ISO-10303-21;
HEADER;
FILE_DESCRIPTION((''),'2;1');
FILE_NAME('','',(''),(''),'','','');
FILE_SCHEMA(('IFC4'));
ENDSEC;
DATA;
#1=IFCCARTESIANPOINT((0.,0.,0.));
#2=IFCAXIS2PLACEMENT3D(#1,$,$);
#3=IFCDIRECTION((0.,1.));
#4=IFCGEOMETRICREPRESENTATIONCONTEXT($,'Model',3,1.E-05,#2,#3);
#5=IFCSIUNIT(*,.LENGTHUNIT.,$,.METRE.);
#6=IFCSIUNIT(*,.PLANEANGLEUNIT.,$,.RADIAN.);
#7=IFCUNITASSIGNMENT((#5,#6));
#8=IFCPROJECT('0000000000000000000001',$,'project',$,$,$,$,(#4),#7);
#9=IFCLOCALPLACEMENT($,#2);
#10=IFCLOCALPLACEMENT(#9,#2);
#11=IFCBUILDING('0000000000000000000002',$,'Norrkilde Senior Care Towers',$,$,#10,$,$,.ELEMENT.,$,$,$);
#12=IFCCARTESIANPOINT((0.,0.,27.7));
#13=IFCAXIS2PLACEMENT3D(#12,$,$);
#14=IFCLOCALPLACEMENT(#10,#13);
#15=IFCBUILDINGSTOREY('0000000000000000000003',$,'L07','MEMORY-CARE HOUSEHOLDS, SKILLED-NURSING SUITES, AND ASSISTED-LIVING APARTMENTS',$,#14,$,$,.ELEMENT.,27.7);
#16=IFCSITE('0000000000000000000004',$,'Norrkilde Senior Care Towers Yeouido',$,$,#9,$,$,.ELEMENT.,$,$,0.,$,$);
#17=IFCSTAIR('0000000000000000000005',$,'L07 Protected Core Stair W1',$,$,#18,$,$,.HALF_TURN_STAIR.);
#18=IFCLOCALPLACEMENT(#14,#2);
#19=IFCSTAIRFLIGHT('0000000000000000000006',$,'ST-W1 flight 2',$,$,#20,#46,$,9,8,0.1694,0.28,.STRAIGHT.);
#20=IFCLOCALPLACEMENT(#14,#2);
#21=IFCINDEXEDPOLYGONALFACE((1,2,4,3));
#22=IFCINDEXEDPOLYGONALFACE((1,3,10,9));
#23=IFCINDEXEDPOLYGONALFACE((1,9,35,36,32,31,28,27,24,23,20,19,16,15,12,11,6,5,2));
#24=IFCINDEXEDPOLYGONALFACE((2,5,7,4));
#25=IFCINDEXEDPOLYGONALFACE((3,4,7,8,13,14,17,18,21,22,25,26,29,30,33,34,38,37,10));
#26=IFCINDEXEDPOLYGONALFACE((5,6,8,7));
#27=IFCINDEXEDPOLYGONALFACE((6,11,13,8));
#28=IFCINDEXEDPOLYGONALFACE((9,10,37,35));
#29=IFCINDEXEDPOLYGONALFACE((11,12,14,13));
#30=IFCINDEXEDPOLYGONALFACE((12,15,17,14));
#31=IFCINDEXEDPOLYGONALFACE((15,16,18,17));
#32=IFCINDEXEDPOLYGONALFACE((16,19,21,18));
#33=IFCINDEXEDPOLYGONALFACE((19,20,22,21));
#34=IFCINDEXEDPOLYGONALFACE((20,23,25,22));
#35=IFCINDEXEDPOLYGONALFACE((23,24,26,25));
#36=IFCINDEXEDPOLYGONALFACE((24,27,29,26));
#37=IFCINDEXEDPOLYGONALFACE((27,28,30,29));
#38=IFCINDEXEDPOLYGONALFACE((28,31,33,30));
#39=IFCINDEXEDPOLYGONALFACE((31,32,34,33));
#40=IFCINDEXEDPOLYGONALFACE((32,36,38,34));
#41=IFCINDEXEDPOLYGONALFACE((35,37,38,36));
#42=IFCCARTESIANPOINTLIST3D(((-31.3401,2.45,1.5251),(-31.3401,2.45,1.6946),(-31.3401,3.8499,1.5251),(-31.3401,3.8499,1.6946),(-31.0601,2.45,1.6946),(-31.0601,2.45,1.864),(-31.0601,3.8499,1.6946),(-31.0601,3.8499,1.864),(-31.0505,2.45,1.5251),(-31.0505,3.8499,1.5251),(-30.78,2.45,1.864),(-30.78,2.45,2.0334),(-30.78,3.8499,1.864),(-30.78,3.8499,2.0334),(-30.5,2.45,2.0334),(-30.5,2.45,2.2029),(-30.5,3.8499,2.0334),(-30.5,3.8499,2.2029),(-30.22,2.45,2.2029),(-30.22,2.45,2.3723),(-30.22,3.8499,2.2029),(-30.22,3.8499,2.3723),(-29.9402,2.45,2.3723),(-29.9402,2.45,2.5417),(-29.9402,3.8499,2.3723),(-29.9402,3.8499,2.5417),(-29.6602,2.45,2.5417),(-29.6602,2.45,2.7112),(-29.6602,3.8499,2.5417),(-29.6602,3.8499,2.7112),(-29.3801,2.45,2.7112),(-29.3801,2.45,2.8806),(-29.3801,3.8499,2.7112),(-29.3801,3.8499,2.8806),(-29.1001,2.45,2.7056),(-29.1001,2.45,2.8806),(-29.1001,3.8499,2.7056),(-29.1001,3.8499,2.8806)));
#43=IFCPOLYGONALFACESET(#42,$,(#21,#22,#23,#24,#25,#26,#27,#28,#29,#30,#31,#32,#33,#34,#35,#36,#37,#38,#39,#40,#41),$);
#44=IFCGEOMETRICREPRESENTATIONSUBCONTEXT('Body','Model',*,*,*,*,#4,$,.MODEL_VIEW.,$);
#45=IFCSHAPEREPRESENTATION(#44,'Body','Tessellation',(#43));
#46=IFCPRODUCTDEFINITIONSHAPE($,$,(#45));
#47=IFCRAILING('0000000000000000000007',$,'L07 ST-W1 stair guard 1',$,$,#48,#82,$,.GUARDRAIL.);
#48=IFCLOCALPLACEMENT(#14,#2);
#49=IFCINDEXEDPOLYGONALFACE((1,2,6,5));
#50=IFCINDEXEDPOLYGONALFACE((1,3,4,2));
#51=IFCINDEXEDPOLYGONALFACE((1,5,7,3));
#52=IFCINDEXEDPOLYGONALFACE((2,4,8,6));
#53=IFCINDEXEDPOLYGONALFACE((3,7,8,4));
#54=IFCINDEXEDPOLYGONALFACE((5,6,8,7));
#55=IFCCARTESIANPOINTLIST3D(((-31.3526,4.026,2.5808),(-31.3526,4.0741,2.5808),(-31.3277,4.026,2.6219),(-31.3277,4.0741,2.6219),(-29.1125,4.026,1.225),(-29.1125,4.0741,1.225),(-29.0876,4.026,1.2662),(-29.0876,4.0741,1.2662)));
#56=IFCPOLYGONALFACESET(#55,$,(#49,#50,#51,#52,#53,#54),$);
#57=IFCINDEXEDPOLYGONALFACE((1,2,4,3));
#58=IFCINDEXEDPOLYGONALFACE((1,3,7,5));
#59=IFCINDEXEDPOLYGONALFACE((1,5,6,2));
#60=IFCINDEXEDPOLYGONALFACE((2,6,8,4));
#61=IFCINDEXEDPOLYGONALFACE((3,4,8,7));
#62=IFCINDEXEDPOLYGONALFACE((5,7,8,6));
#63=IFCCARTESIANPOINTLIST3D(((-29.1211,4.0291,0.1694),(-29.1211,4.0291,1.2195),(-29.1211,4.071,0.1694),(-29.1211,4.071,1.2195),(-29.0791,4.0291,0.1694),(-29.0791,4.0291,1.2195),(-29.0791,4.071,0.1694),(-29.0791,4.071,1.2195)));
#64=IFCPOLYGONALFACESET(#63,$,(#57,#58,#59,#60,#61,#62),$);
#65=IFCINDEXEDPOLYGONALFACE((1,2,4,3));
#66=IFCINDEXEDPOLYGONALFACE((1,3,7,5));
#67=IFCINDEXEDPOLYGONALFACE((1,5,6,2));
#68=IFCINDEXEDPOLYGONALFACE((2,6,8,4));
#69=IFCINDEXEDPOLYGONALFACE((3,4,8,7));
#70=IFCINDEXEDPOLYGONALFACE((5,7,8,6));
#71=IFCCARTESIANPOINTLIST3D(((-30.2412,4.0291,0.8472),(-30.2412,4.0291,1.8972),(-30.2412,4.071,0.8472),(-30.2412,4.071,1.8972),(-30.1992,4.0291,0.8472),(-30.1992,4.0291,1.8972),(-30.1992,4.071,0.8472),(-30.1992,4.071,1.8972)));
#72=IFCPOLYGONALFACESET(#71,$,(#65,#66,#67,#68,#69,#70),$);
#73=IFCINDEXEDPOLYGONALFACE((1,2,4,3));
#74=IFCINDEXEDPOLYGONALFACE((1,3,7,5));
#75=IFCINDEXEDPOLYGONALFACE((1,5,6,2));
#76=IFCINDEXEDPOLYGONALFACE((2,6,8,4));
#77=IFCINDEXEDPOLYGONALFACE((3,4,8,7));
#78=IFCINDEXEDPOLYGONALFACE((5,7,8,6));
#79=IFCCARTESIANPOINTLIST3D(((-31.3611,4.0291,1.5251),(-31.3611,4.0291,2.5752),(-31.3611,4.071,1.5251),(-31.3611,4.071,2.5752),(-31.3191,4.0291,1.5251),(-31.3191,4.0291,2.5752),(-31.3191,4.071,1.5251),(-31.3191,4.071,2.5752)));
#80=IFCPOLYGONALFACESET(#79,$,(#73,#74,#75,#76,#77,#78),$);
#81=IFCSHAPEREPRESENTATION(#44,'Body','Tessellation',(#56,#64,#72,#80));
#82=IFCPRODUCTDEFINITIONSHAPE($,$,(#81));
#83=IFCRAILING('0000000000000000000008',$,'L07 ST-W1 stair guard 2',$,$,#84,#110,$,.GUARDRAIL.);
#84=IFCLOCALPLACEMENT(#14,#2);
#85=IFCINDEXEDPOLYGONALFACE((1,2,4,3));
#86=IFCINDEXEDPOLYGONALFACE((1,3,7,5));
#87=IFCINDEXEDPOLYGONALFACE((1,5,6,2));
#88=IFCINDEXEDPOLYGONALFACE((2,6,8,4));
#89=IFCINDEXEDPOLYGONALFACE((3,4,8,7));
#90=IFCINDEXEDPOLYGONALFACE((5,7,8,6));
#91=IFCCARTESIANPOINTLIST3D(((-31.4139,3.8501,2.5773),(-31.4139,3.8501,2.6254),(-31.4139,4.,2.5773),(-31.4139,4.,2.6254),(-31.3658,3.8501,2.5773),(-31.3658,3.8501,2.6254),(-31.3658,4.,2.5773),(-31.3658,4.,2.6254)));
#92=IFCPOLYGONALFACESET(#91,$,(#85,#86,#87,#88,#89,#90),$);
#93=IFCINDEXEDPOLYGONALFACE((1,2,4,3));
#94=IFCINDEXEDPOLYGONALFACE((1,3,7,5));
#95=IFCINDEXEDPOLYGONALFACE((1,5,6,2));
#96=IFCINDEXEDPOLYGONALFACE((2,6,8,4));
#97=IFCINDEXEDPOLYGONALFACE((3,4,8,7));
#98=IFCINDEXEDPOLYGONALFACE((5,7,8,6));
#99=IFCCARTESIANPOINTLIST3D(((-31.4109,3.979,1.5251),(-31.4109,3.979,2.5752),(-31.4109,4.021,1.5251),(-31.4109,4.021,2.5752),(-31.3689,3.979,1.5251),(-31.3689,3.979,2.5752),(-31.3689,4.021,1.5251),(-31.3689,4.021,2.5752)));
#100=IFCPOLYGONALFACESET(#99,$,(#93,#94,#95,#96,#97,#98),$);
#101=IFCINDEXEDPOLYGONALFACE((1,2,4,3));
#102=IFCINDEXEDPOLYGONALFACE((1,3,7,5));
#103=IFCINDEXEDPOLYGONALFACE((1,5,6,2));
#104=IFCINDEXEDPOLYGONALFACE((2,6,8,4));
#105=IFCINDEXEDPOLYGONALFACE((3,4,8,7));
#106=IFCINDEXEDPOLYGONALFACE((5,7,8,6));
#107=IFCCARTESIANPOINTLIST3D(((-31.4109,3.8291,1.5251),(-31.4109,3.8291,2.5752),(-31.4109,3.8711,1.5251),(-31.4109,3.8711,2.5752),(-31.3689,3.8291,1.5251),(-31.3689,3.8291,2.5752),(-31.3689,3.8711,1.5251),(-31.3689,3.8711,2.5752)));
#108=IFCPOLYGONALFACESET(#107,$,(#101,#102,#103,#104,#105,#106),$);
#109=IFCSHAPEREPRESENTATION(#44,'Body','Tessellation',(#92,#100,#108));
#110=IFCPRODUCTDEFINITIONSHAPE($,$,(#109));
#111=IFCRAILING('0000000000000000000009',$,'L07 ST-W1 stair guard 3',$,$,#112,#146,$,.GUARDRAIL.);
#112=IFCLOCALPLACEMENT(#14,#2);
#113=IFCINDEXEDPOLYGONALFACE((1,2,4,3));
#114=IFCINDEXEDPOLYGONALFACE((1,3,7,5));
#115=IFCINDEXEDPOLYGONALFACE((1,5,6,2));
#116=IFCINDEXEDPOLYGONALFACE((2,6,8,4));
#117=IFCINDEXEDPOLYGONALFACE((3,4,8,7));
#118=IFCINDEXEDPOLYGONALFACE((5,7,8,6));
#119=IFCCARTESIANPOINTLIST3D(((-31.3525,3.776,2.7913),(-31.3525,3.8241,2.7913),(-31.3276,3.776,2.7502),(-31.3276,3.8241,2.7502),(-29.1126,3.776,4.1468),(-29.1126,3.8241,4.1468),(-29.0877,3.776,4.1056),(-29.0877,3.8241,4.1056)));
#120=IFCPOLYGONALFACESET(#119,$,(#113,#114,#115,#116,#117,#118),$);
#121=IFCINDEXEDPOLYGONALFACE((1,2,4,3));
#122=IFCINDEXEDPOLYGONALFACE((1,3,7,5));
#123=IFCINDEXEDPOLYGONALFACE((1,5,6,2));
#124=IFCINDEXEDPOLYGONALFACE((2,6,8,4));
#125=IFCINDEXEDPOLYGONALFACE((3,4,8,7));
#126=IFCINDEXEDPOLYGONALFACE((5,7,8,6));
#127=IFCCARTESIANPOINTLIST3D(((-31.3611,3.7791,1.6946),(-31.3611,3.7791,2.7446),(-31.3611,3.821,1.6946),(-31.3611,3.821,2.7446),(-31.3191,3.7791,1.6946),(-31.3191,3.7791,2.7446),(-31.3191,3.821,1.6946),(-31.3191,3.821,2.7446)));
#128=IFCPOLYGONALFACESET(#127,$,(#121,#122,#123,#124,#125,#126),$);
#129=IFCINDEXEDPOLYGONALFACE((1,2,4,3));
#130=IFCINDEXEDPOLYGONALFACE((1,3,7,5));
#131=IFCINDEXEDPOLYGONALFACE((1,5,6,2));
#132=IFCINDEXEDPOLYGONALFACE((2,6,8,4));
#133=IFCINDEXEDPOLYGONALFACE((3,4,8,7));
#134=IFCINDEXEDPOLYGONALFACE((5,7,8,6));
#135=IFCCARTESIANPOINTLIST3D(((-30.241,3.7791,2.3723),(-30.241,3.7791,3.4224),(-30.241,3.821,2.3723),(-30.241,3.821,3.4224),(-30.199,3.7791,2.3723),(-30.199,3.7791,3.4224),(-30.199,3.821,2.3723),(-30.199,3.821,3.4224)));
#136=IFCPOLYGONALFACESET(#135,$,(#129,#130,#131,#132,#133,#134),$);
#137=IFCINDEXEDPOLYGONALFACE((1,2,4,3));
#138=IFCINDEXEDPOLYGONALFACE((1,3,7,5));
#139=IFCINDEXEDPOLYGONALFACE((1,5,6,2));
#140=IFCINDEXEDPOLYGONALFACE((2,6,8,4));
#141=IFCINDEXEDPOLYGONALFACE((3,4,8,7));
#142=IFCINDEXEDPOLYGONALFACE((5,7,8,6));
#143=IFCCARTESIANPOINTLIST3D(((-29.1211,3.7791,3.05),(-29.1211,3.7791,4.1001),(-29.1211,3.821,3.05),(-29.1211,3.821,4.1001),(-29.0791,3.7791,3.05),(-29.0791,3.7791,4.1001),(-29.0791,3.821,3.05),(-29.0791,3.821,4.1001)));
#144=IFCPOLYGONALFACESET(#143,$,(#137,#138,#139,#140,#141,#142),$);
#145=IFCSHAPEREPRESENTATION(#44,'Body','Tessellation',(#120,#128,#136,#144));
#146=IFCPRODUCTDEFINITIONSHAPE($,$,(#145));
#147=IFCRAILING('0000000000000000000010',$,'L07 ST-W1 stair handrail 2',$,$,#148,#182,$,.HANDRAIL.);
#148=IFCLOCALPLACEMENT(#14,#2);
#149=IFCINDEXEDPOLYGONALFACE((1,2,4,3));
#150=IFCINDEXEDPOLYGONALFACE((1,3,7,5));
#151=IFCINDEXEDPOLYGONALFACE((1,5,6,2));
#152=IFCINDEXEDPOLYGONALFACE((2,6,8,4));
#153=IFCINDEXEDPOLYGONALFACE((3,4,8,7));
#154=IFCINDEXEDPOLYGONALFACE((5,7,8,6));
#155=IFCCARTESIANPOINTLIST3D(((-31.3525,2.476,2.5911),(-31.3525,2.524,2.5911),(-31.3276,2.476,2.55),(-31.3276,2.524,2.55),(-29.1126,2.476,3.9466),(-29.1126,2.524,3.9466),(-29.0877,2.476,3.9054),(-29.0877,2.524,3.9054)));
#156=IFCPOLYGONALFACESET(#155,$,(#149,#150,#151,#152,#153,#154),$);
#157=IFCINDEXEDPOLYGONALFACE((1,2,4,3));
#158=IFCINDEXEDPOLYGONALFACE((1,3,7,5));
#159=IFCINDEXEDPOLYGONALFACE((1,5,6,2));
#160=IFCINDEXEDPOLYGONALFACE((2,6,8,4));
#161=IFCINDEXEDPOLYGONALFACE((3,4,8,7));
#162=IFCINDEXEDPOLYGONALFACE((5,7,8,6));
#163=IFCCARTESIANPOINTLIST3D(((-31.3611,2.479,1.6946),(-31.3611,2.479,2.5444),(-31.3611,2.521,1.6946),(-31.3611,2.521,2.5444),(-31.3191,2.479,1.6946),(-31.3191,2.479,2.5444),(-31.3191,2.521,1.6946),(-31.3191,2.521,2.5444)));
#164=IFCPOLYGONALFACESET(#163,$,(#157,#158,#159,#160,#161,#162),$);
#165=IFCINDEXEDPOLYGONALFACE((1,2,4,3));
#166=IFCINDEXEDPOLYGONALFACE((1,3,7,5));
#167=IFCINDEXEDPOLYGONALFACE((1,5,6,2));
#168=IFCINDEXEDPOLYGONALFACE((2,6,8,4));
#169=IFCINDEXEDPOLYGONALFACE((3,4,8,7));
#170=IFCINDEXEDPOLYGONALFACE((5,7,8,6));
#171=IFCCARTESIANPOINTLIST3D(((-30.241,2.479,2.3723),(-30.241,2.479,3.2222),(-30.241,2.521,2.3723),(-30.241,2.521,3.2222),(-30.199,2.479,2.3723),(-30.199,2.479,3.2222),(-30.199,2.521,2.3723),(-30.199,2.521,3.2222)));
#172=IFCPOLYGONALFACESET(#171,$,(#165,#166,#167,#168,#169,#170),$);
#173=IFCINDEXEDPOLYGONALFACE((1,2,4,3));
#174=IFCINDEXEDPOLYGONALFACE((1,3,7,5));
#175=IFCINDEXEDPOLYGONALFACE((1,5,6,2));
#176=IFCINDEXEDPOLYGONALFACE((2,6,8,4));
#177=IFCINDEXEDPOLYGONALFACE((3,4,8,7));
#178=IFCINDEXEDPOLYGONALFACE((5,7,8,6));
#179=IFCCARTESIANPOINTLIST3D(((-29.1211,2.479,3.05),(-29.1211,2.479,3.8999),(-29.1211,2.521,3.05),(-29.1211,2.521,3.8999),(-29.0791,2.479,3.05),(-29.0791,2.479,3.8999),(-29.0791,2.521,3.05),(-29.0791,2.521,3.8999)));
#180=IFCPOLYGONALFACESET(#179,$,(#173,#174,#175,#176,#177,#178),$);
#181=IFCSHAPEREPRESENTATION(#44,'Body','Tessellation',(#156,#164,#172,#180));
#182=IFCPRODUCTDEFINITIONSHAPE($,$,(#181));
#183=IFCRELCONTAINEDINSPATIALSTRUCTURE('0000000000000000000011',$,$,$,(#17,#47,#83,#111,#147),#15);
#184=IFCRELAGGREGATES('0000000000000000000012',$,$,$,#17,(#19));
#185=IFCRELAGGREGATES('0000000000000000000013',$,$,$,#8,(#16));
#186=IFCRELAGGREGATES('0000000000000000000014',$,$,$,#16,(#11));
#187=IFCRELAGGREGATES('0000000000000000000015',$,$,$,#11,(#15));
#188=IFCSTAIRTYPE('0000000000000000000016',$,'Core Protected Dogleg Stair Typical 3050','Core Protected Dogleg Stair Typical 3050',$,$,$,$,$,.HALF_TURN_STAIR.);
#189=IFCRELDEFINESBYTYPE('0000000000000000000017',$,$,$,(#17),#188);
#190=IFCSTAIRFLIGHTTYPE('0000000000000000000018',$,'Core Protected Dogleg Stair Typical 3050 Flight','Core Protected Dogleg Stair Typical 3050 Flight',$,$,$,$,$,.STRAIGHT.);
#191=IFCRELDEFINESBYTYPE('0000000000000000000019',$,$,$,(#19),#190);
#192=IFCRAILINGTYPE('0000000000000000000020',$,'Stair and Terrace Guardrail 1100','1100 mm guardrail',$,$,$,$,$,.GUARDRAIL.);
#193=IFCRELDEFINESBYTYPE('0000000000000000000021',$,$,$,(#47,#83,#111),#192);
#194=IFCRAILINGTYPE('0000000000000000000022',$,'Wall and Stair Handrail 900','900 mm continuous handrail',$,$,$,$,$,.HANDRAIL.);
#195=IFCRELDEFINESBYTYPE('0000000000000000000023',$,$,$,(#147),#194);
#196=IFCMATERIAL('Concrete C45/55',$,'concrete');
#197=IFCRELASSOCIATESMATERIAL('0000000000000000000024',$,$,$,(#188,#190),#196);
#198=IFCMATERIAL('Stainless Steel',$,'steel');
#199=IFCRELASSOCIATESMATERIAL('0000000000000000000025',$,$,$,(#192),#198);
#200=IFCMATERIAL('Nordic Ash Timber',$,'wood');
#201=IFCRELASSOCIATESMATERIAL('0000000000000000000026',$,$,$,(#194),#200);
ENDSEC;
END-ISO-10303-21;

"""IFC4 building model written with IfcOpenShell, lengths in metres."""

from ifc_helpers import new_model, si_unit, direction, frame, origin, origin_2d, place, context, subcontext, project, spatial, polyline, rectangle, outline, extrude, material, type_object, element, aggregate, save


model = new_model("IFC4")

# Units and contexts
model_context = context("Model", 3, precision=1e-05, world=origin(), true_north=direction((0.0, 1.0)))
body_context = subcontext(model_context, "Body", "Model", "MODEL_VIEW")
ifc_project = project(units=[si_unit("LENGTHUNIT", "METRE"), si_unit("PLANEANGLEUNIT", "RADIAN")], contexts=[model_context])

# Site, building, storey
site_placement = place(None, origin())
site = spatial("IfcSite", under=ifc_project, at=site_placement, Name="Norrkilde Senior Care Towers Yeouido", CompositionType="ELEMENT", RefElevation=0.0)
building_placement = place(site_placement, origin())
building = spatial("IfcBuilding", under=site, at=building_placement, Name="Norrkilde Senior Care Towers", CompositionType="ELEMENT")
storey_placement = place(building_placement, frame((0.0, 0.0, 27.7)))
storey = spatial("IfcBuildingStorey", under=building, at=storey_placement, Name="L07", Description="MEMORY-CARE HOUSEHOLDS, SKILLED-NURSING SUITES, AND ASSISTED-LIVING APARTMENTS", CompositionType="ELEMENT", Elevation=27.7)

# Shared definitions
ifc_material_1 = material(Name="Concrete C45/55", Category="concrete")

# Shared definitions
ifc_material_2 = material(Name="Stainless Steel", Category="steel")

# Stair, stair flight
stair_type = type_object("IfcStairType", Name="Core Protected Dogleg Stair Typical 3050", Description="Core Protected Dogleg Stair Typical 3050", PredefinedType="HALF_TURN_STAIR", material=ifc_material_1)
stair_placement = place(storey_placement, origin())
stair = element("IfcStair", 1, at=stair_placement, inside=storey, type_object=stair_type, Name="L07 Protected Core Stair W1", PredefinedType="HALF_TURN_STAIR")
stair_flight_type = type_object("IfcStairFlightType", Name="Core Protected Dogleg Stair Typical 3050 Flight", Description="Core Protected Dogleg Stair Typical 3050 Flight", PredefinedType="STRAIGHT", material=ifc_material_1)
stair_flight_1_placement = place(storey_placement, frame((-31.3401, 3.1499, 1.5251), z_axis=(0.0, 0.0, 1.0), x_axis=(1.0, 0.0, 0.0)))
stair_flight_1 = element("IfcStairFlight", 2, at=stair_flight_1_placement, type_object=stair_flight_type, Name="ST-W1 flight 2", NumberOfRisers=9, NumberOfTreads=8, PredefinedType="STRAIGHT", RiserHeight=0.1694, TreadLength=0.28, context=body_context, shape_type="SweptSolid", body=[
    extrude(outline(polyline([(0.0, 0.0), (0.0, 0.1694), (0.28, 0.1694), (0.28, 0.3389), (0.5601, 0.3389), (0.5601, 0.5083), (0.8401, 0.5083), (0.8401, 0.6777), (1.1201, 0.6777), (1.1201, 0.8472), (1.3999, 0.8472), (1.3999, 1.0166), (1.6799, 1.0166), (1.6799, 1.186), (1.96, 1.186), (1.96, 1.3555), (2.24, 1.3555), (2.24, 1.5249), (2.24, 1.1804), (0.2896, 0.0), (0.0, 0.0)])), frame((0.0, 0.7, 0.0), z_axis=(0.0, -1.0, 0.0), x_axis=(1.0, 0.0, 0.0)), (0.0, 0.0, 1.0), 1.3999),
])
aggregate(stair, [stair_flight_1])

# Railings
railing_type_1 = type_object("IfcRailingType", Name="Stair and Terrace Guardrail 1100", Description="1100 mm guardrail", PredefinedType="GUARDRAIL", material=ifc_material_2)
railing_1_placement = place(storey_placement, frame((-29.1001, 4.05, 0.1694)))
element("IfcRailing", 3, at=railing_1_placement, inside=storey, type_object=railing_type_1, Name="L07 ST-W1 stair guard 1", PredefinedType="GUARDRAIL", context=body_context, shape_type="SweptSolid", body=[
    extrude(rectangle(XDim=0.0481, YDim=0.0481, at=origin_2d()), frame((0.0, 0.0, 1.0762), z_axis=(-0.855512, 0.0, 0.517783), x_axis=(0.0, -1.0, 0.0)), (0.0, 0.0, 1.0), 2.6184),
    extrude(rectangle(XDim=0.042, YDim=0.042, at=origin_2d()), origin(), (0.0, 0.0, 1.0), 1.05),
    extrude(rectangle(XDim=0.042, YDim=0.042, at=origin_2d()), frame((-1.1201, 0.0, 0.6777)), (0.0, 0.0, 1.0), 1.05),
    extrude(rectangle(XDim=0.042, YDim=0.042, at=origin_2d()), frame((-2.24, 0.0, 1.3557)), (0.0, 0.0, 1.0), 1.05),
])
railing_2_placement = place(storey_placement, frame((-31.3899, 4.0, 1.5251)))
element("IfcRailing", 4, at=railing_2_placement, inside=storey, type_object=railing_type_1, Name="L07 ST-W1 stair guard 2", PredefinedType="GUARDRAIL", context=body_context, shape_type="SweptSolid", body=[
    extrude(rectangle(XDim=0.0481, YDim=0.0481, at=origin_2d()), frame((0.0, 0.0, 1.0762), z_axis=(0.0, -1.0, 0.0), x_axis=(1.0, 0.0, 0.0)), (0.0, 0.0, 1.0), 0.1499),
    extrude(rectangle(XDim=0.042, YDim=0.042, at=origin_2d()), origin(), (0.0, 0.0, 1.0), 1.05),
    extrude(rectangle(XDim=0.042, YDim=0.042, at=origin_2d()), frame((0.0, -0.1499, 0.0)), (0.0, 0.0, 1.0), 1.05),
])
railing_3_placement = place(storey_placement, frame((-31.3401, 3.8, 1.6946)))
element("IfcRailing", 5, at=railing_3_placement, inside=storey, type_object=railing_type_1, Name="L07 ST-W1 stair guard 3", PredefinedType="GUARDRAIL", context=body_context, shape_type="SweptSolid", body=[
    extrude(rectangle(XDim=0.0481, YDim=0.0481, at=origin_2d()), frame((0.0, 0.0, 1.0762), z_axis=(0.855553, 0.0, 0.517715), x_axis=(0.0, 1.0, 0.0)), (0.0, 0.0, 1.0), 2.6182),
    extrude(rectangle(XDim=0.042, YDim=0.042, at=origin_2d()), origin(), (0.0, 0.0, 1.0), 1.05),
    extrude(rectangle(XDim=0.042, YDim=0.042, at=origin_2d()), frame((1.1201, 0.0, 0.6777)), (0.0, 0.0, 1.0), 1.05),
    extrude(rectangle(XDim=0.042, YDim=0.042, at=origin_2d()), frame((2.24, 0.0, 1.3555)), (0.0, 0.0, 1.0), 1.05),
])
ifc_material_3 = material(Name="Nordic Ash Timber", Category="wood")
railing_type_2 = type_object("IfcRailingType", Name="Wall and Stair Handrail 900", Description="900 mm continuous handrail", PredefinedType="HANDRAIL", material=ifc_material_3)
railing_4_placement = place(storey_placement, frame((-31.3401, 2.5, 1.6946)))
element("IfcRailing", 6, at=railing_4_placement, inside=storey, type_object=railing_type_2, Name="L07 ST-W1 stair handrail 2", PredefinedType="HANDRAIL", context=body_context, shape_type="SweptSolid", body=[
    extrude(rectangle(XDim=0.0481, YDim=0.0481, at=origin_2d()), frame((0.0, 0.0, 0.876), z_axis=(0.855553, 0.0, 0.517715), x_axis=(0.0, 1.0, 0.0)), (0.0, 0.0, 1.0), 2.6182),
    extrude(rectangle(XDim=0.042, YDim=0.042, at=origin_2d()), origin(), (0.0, 0.0, 1.0), 0.8499),
    extrude(rectangle(XDim=0.042, YDim=0.042, at=origin_2d()), frame((1.1201, 0.0, 0.6777)), (0.0, 0.0, 1.0), 0.8499),
    extrude(rectangle(XDim=0.042, YDim=0.042, at=origin_2d()), frame((2.24, 0.0, 1.3555)), (0.0, 0.0, 1.0), 0.8499),
])

save(model, "model.ifc")
